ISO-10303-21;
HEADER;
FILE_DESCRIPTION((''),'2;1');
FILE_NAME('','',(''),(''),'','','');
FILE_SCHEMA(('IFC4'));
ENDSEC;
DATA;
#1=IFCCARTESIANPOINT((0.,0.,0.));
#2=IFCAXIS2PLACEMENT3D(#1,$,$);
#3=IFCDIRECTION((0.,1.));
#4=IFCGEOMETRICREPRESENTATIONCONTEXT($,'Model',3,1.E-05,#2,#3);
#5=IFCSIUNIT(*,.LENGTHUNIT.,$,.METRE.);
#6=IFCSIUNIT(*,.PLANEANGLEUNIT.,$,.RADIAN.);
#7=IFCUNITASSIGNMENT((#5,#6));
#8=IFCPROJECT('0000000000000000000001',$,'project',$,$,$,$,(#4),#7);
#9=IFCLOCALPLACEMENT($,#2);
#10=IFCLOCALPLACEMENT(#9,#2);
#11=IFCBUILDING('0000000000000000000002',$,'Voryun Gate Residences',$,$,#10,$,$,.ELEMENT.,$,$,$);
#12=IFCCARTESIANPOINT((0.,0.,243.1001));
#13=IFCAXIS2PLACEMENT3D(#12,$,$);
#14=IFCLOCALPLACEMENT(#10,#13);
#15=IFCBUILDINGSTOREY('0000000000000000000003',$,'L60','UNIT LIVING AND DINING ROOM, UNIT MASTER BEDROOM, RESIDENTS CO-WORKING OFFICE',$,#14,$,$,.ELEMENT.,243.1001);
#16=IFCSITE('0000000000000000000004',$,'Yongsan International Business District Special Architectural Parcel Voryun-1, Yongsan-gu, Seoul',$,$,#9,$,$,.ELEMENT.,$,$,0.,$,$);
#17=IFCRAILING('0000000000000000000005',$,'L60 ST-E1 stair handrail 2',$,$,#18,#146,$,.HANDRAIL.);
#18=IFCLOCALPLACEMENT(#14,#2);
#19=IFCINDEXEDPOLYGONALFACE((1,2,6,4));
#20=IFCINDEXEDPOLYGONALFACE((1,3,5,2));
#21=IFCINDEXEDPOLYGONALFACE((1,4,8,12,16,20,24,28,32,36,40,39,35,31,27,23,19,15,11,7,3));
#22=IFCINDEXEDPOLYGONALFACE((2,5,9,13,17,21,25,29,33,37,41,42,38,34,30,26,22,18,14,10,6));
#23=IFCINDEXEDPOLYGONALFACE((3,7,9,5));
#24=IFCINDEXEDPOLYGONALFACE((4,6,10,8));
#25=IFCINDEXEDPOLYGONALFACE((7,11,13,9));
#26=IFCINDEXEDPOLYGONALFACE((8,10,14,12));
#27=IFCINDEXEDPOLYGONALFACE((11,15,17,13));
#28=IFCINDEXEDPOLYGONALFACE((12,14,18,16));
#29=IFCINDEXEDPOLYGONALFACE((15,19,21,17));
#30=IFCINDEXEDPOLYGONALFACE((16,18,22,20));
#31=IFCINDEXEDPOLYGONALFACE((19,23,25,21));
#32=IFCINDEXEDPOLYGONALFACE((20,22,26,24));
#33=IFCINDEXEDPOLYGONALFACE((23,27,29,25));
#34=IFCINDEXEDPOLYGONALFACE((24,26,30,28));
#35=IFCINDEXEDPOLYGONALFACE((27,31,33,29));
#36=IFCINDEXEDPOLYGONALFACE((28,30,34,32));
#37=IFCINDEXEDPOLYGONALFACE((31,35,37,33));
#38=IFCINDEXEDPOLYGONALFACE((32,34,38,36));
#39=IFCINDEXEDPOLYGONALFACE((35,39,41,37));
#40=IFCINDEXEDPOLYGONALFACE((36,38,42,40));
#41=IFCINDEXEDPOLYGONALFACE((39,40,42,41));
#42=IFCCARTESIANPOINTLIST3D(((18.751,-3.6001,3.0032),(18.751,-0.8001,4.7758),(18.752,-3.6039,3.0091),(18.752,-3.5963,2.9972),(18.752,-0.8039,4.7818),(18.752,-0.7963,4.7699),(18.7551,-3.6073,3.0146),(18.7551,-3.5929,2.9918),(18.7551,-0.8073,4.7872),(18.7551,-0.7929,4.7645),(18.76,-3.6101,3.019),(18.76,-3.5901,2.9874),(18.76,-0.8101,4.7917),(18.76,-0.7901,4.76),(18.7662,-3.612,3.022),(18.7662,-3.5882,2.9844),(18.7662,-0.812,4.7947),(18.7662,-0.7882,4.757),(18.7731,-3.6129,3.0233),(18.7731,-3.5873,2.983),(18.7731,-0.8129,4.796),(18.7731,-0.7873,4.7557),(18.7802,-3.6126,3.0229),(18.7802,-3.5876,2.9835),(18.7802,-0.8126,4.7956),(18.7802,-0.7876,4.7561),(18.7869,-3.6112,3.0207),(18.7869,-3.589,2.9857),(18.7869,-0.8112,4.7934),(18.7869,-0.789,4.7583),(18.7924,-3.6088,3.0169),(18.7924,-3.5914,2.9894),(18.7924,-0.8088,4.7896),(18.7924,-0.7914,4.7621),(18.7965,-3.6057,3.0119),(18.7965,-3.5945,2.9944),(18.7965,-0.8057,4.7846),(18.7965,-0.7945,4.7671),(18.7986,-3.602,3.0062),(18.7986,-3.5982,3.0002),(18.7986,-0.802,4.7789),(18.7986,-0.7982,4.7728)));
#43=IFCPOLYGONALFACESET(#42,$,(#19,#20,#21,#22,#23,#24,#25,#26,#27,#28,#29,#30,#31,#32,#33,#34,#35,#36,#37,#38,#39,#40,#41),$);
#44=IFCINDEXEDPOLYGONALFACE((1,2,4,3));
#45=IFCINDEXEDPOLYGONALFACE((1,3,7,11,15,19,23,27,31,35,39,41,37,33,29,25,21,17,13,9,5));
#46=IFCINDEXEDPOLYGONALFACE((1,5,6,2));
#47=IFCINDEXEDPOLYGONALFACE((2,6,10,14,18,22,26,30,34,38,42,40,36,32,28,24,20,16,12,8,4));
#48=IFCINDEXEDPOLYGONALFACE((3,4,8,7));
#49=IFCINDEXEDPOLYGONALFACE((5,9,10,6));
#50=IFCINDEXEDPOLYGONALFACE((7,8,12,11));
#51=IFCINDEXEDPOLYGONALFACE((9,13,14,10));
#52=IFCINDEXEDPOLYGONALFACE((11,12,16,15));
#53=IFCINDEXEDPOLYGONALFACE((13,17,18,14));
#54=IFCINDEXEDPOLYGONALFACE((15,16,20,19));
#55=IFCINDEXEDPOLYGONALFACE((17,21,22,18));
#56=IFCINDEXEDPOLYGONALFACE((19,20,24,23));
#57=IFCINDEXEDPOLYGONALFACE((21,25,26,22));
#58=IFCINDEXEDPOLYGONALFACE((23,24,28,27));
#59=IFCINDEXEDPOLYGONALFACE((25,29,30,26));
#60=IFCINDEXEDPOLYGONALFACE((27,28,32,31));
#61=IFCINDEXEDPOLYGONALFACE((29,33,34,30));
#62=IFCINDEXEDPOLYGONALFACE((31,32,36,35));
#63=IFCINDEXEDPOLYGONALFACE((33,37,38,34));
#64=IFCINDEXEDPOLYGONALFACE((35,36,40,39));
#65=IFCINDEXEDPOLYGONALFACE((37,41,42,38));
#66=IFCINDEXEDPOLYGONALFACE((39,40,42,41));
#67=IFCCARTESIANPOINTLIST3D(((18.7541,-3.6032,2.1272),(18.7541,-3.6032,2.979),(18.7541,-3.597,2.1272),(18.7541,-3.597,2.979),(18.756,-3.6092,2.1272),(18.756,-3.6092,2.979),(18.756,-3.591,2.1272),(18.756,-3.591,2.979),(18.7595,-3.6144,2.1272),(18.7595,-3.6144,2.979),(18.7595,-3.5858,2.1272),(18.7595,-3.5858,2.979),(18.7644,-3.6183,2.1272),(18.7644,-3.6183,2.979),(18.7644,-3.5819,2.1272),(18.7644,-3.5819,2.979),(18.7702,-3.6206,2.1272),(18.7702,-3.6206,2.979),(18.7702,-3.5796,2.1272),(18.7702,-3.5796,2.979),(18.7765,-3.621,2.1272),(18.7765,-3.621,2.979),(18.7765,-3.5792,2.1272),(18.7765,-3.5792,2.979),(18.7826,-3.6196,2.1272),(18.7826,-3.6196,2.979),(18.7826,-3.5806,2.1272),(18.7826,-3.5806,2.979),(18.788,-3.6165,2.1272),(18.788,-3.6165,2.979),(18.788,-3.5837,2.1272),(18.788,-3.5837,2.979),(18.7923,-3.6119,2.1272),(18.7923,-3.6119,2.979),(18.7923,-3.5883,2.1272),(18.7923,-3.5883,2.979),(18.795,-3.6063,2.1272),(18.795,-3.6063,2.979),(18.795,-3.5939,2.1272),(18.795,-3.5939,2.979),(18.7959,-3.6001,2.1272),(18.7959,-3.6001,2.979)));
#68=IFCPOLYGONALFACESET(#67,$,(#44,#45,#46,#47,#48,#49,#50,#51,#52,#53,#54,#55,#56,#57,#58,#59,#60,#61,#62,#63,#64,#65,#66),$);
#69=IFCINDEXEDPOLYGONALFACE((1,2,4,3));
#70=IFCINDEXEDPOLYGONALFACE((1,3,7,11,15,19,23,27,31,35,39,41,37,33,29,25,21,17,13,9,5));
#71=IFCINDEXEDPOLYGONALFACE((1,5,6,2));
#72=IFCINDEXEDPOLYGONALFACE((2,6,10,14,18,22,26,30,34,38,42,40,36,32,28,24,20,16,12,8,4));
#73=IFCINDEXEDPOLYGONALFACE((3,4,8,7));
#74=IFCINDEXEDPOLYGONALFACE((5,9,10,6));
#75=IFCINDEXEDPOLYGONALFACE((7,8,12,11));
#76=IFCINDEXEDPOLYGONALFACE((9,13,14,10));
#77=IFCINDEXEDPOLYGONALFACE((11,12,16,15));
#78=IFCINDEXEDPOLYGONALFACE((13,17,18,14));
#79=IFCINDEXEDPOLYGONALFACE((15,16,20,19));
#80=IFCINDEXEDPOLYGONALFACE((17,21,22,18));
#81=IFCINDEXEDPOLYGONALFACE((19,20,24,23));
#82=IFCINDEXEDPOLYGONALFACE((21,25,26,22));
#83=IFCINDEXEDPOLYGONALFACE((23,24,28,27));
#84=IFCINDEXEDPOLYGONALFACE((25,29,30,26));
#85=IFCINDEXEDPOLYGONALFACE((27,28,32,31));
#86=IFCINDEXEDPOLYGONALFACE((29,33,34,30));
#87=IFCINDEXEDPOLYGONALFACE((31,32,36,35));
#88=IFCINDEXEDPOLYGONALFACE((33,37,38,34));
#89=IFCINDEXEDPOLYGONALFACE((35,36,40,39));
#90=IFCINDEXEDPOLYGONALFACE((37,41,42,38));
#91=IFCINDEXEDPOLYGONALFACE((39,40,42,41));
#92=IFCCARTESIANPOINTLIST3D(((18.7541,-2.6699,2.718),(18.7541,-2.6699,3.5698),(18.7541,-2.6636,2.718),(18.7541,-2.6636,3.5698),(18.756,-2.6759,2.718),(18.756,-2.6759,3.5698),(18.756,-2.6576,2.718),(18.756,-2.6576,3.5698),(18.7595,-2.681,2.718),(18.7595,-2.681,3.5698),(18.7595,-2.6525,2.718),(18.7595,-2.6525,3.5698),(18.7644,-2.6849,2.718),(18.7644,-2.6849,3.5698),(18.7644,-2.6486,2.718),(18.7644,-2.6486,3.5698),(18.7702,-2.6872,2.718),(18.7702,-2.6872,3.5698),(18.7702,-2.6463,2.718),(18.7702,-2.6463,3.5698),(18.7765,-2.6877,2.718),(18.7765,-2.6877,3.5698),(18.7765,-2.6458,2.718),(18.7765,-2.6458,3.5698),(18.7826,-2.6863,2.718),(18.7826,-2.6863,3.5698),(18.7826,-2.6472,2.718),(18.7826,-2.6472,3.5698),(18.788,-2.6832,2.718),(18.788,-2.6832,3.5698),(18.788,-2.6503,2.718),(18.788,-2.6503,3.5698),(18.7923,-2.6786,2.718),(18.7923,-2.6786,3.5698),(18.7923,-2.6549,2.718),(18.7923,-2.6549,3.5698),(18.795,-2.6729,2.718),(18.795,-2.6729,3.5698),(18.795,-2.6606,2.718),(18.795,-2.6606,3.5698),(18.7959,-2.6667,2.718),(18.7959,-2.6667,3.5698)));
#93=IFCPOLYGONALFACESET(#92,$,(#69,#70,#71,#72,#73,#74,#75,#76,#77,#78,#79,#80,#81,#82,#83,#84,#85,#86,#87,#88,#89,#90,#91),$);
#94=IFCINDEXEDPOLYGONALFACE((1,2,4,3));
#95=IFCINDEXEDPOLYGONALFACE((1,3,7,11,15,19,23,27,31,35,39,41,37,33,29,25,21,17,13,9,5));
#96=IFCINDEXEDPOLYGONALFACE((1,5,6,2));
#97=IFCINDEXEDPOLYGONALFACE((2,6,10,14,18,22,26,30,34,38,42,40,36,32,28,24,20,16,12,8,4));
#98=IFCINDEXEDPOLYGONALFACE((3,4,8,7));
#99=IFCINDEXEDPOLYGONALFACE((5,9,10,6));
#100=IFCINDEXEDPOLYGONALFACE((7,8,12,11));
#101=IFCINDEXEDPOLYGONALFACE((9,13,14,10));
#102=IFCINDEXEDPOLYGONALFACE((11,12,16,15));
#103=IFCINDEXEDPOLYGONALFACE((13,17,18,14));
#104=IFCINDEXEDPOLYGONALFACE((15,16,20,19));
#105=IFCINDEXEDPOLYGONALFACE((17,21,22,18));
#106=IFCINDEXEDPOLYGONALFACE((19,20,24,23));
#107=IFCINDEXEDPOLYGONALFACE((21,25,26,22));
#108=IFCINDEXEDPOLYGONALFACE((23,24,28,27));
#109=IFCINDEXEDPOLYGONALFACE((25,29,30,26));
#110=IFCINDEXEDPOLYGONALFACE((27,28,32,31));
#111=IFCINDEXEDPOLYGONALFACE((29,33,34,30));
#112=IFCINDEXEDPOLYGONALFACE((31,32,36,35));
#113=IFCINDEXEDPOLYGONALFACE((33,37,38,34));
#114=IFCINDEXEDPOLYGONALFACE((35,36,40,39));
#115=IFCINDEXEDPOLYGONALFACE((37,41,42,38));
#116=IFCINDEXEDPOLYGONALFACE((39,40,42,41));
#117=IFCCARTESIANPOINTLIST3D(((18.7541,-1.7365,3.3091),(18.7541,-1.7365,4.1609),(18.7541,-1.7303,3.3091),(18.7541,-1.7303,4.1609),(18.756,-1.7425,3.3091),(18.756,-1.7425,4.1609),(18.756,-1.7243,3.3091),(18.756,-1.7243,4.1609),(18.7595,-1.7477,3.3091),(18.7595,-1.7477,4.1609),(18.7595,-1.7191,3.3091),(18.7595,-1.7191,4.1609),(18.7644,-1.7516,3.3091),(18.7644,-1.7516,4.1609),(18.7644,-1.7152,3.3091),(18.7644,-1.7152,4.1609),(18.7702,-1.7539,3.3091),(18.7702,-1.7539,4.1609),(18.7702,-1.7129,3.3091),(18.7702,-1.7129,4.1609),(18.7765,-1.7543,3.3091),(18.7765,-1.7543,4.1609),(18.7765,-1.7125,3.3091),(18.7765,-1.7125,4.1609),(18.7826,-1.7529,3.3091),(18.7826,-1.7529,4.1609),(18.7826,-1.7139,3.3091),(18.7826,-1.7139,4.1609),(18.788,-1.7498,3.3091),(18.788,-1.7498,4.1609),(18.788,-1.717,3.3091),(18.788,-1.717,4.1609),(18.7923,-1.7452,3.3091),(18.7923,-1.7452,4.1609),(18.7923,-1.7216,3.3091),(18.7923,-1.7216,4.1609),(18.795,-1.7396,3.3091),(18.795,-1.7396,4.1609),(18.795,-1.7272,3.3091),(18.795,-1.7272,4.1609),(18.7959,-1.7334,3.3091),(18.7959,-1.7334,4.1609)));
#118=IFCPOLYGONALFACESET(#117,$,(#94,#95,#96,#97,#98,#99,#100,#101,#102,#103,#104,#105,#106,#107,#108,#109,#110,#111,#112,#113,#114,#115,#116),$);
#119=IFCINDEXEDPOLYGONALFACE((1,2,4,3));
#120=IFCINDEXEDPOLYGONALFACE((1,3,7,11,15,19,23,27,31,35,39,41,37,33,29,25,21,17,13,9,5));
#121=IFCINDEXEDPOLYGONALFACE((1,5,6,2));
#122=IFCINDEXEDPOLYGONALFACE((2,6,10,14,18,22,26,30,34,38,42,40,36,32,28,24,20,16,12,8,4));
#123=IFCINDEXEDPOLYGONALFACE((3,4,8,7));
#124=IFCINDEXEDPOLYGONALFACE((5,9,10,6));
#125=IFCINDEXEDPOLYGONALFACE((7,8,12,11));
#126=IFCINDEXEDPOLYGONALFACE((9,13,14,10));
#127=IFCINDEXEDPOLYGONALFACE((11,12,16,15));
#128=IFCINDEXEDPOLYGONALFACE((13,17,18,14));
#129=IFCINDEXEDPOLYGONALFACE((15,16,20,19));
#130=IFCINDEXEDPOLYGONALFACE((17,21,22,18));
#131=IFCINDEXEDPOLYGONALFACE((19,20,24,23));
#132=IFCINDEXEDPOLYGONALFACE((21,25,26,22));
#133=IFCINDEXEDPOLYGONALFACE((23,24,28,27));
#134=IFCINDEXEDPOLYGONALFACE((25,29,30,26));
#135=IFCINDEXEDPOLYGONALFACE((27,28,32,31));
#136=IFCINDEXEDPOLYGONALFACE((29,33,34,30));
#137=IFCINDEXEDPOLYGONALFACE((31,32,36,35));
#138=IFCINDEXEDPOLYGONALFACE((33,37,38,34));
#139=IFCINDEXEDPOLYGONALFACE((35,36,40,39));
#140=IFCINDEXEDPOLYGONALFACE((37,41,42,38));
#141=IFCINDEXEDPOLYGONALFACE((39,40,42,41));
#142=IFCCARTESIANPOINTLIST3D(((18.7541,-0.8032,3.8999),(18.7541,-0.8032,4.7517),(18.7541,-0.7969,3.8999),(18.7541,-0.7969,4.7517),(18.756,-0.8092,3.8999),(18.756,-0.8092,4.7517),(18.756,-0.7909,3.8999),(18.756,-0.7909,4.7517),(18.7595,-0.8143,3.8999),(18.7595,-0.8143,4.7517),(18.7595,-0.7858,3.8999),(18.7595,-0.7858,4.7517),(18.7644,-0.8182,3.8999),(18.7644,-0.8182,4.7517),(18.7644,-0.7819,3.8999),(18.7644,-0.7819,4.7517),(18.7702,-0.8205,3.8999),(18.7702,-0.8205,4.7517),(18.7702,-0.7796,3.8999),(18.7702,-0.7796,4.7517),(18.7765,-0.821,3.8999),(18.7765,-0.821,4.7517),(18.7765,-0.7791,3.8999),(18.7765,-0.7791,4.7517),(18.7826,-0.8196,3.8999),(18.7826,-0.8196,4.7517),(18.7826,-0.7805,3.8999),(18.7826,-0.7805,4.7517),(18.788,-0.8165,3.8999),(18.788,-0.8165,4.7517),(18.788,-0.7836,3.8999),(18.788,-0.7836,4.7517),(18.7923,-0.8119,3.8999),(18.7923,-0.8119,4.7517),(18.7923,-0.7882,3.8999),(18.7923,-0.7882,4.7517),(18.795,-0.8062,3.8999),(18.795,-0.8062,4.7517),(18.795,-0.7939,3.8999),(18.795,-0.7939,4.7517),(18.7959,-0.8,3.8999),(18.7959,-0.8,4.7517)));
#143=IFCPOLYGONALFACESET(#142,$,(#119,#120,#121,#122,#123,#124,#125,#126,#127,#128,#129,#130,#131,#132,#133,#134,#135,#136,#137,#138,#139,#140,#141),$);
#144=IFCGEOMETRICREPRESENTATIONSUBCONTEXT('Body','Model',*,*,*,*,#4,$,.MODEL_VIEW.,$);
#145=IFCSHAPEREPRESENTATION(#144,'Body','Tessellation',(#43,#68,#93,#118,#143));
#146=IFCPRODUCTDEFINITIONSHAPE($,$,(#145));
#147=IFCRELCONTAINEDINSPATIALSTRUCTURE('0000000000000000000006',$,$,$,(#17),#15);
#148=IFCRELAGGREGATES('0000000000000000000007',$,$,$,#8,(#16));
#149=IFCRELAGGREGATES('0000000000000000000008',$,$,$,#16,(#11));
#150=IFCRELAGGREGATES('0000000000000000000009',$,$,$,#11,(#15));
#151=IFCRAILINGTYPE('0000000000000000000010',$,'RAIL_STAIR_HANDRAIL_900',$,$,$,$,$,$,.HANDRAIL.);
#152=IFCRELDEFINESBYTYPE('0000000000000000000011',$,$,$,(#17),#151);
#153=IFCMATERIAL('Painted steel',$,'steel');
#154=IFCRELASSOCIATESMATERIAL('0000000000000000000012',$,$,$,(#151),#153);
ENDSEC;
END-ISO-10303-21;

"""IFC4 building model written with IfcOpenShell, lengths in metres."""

from ifc_helpers import new_model, si_unit, direction, frame, origin, origin_2d, place, context, subcontext, project, spatial, circle, extrude, material, type_object, element, save


model = new_model("IFC4")

# Units and contexts
model_context = context("Model", 3, precision=1e-05, world=origin(), true_north=direction((0.0, 1.0)))
body_context = subcontext(model_context, "Body", "Model", "MODEL_VIEW")
ifc_project = project(units=[si_unit("LENGTHUNIT", "METRE"), si_unit("PLANEANGLEUNIT", "RADIAN")], contexts=[model_context])

# Site, building, storey
site_placement = place(None, origin())
site = spatial("IfcSite", under=ifc_project, at=site_placement, Name="Yongsan International Business District Special Architectural Parcel Voryun-1, Yongsan-gu, Seoul", CompositionType="ELEMENT", RefElevation=0.0)
building_placement = place(site_placement, origin())
building = spatial("IfcBuilding", under=site, at=building_placement, Name="Voryun Gate Residences", CompositionType="ELEMENT")
storey_placement = place(building_placement, frame((0.0, 0.0, 243.1001)))
storey = spatial("IfcBuildingStorey", under=building, at=storey_placement, Name="L60", Description="UNIT LIVING AND DINING ROOM, UNIT MASTER BEDROOM, RESIDENTS CO-WORKING OFFICE", CompositionType="ELEMENT", Elevation=243.1001)

# Railing
ifc_material_1 = material(Name="Painted steel", Category="steel")
railing_type_1 = type_object("IfcRailingType", Name="RAIL_STAIR_HANDRAIL_900", PredefinedType="HANDRAIL", material=ifc_material_1)
railing_1_placement = place(storey_placement, frame((18.7749, -3.6001, 2.1272)))
element("IfcRailing", 1, at=railing_1_placement, inside=storey, type_object=railing_type_1, Name="L60 ST-E1 stair handrail 2", PredefinedType="HANDRAIL", context=body_context, shape_type="SweptSolid", body=[
    extrude(circle(Radius=0.0239, at=origin_2d()), frame((0.0, 0.0, 0.876), z_axis=(0.0, 0.844909, 0.53491), x_axis=(-1.0, 0.0, 0.0)), (0.0, 0.0, 1.0), 3.314),
    extrude(circle(Radius=0.021, at=origin_2d()), origin(), (0.0, 0.0, 1.0), 0.8518),
    extrude(circle(Radius=0.021, at=origin_2d()), frame((0.0, 0.9333, 0.5908)), (0.0, 0.0, 1.0), 0.8518),
    extrude(circle(Radius=0.021, at=origin_2d()), frame((0.0, 1.8667, 1.1819)), (0.0, 0.0, 1.0), 0.8518),
    extrude(circle(Radius=0.021, at=origin_2d()), frame((0.0, 2.8, 1.7727)), (0.0, 0.0, 1.0), 0.8518),
])

save(model, "model.ifc")
